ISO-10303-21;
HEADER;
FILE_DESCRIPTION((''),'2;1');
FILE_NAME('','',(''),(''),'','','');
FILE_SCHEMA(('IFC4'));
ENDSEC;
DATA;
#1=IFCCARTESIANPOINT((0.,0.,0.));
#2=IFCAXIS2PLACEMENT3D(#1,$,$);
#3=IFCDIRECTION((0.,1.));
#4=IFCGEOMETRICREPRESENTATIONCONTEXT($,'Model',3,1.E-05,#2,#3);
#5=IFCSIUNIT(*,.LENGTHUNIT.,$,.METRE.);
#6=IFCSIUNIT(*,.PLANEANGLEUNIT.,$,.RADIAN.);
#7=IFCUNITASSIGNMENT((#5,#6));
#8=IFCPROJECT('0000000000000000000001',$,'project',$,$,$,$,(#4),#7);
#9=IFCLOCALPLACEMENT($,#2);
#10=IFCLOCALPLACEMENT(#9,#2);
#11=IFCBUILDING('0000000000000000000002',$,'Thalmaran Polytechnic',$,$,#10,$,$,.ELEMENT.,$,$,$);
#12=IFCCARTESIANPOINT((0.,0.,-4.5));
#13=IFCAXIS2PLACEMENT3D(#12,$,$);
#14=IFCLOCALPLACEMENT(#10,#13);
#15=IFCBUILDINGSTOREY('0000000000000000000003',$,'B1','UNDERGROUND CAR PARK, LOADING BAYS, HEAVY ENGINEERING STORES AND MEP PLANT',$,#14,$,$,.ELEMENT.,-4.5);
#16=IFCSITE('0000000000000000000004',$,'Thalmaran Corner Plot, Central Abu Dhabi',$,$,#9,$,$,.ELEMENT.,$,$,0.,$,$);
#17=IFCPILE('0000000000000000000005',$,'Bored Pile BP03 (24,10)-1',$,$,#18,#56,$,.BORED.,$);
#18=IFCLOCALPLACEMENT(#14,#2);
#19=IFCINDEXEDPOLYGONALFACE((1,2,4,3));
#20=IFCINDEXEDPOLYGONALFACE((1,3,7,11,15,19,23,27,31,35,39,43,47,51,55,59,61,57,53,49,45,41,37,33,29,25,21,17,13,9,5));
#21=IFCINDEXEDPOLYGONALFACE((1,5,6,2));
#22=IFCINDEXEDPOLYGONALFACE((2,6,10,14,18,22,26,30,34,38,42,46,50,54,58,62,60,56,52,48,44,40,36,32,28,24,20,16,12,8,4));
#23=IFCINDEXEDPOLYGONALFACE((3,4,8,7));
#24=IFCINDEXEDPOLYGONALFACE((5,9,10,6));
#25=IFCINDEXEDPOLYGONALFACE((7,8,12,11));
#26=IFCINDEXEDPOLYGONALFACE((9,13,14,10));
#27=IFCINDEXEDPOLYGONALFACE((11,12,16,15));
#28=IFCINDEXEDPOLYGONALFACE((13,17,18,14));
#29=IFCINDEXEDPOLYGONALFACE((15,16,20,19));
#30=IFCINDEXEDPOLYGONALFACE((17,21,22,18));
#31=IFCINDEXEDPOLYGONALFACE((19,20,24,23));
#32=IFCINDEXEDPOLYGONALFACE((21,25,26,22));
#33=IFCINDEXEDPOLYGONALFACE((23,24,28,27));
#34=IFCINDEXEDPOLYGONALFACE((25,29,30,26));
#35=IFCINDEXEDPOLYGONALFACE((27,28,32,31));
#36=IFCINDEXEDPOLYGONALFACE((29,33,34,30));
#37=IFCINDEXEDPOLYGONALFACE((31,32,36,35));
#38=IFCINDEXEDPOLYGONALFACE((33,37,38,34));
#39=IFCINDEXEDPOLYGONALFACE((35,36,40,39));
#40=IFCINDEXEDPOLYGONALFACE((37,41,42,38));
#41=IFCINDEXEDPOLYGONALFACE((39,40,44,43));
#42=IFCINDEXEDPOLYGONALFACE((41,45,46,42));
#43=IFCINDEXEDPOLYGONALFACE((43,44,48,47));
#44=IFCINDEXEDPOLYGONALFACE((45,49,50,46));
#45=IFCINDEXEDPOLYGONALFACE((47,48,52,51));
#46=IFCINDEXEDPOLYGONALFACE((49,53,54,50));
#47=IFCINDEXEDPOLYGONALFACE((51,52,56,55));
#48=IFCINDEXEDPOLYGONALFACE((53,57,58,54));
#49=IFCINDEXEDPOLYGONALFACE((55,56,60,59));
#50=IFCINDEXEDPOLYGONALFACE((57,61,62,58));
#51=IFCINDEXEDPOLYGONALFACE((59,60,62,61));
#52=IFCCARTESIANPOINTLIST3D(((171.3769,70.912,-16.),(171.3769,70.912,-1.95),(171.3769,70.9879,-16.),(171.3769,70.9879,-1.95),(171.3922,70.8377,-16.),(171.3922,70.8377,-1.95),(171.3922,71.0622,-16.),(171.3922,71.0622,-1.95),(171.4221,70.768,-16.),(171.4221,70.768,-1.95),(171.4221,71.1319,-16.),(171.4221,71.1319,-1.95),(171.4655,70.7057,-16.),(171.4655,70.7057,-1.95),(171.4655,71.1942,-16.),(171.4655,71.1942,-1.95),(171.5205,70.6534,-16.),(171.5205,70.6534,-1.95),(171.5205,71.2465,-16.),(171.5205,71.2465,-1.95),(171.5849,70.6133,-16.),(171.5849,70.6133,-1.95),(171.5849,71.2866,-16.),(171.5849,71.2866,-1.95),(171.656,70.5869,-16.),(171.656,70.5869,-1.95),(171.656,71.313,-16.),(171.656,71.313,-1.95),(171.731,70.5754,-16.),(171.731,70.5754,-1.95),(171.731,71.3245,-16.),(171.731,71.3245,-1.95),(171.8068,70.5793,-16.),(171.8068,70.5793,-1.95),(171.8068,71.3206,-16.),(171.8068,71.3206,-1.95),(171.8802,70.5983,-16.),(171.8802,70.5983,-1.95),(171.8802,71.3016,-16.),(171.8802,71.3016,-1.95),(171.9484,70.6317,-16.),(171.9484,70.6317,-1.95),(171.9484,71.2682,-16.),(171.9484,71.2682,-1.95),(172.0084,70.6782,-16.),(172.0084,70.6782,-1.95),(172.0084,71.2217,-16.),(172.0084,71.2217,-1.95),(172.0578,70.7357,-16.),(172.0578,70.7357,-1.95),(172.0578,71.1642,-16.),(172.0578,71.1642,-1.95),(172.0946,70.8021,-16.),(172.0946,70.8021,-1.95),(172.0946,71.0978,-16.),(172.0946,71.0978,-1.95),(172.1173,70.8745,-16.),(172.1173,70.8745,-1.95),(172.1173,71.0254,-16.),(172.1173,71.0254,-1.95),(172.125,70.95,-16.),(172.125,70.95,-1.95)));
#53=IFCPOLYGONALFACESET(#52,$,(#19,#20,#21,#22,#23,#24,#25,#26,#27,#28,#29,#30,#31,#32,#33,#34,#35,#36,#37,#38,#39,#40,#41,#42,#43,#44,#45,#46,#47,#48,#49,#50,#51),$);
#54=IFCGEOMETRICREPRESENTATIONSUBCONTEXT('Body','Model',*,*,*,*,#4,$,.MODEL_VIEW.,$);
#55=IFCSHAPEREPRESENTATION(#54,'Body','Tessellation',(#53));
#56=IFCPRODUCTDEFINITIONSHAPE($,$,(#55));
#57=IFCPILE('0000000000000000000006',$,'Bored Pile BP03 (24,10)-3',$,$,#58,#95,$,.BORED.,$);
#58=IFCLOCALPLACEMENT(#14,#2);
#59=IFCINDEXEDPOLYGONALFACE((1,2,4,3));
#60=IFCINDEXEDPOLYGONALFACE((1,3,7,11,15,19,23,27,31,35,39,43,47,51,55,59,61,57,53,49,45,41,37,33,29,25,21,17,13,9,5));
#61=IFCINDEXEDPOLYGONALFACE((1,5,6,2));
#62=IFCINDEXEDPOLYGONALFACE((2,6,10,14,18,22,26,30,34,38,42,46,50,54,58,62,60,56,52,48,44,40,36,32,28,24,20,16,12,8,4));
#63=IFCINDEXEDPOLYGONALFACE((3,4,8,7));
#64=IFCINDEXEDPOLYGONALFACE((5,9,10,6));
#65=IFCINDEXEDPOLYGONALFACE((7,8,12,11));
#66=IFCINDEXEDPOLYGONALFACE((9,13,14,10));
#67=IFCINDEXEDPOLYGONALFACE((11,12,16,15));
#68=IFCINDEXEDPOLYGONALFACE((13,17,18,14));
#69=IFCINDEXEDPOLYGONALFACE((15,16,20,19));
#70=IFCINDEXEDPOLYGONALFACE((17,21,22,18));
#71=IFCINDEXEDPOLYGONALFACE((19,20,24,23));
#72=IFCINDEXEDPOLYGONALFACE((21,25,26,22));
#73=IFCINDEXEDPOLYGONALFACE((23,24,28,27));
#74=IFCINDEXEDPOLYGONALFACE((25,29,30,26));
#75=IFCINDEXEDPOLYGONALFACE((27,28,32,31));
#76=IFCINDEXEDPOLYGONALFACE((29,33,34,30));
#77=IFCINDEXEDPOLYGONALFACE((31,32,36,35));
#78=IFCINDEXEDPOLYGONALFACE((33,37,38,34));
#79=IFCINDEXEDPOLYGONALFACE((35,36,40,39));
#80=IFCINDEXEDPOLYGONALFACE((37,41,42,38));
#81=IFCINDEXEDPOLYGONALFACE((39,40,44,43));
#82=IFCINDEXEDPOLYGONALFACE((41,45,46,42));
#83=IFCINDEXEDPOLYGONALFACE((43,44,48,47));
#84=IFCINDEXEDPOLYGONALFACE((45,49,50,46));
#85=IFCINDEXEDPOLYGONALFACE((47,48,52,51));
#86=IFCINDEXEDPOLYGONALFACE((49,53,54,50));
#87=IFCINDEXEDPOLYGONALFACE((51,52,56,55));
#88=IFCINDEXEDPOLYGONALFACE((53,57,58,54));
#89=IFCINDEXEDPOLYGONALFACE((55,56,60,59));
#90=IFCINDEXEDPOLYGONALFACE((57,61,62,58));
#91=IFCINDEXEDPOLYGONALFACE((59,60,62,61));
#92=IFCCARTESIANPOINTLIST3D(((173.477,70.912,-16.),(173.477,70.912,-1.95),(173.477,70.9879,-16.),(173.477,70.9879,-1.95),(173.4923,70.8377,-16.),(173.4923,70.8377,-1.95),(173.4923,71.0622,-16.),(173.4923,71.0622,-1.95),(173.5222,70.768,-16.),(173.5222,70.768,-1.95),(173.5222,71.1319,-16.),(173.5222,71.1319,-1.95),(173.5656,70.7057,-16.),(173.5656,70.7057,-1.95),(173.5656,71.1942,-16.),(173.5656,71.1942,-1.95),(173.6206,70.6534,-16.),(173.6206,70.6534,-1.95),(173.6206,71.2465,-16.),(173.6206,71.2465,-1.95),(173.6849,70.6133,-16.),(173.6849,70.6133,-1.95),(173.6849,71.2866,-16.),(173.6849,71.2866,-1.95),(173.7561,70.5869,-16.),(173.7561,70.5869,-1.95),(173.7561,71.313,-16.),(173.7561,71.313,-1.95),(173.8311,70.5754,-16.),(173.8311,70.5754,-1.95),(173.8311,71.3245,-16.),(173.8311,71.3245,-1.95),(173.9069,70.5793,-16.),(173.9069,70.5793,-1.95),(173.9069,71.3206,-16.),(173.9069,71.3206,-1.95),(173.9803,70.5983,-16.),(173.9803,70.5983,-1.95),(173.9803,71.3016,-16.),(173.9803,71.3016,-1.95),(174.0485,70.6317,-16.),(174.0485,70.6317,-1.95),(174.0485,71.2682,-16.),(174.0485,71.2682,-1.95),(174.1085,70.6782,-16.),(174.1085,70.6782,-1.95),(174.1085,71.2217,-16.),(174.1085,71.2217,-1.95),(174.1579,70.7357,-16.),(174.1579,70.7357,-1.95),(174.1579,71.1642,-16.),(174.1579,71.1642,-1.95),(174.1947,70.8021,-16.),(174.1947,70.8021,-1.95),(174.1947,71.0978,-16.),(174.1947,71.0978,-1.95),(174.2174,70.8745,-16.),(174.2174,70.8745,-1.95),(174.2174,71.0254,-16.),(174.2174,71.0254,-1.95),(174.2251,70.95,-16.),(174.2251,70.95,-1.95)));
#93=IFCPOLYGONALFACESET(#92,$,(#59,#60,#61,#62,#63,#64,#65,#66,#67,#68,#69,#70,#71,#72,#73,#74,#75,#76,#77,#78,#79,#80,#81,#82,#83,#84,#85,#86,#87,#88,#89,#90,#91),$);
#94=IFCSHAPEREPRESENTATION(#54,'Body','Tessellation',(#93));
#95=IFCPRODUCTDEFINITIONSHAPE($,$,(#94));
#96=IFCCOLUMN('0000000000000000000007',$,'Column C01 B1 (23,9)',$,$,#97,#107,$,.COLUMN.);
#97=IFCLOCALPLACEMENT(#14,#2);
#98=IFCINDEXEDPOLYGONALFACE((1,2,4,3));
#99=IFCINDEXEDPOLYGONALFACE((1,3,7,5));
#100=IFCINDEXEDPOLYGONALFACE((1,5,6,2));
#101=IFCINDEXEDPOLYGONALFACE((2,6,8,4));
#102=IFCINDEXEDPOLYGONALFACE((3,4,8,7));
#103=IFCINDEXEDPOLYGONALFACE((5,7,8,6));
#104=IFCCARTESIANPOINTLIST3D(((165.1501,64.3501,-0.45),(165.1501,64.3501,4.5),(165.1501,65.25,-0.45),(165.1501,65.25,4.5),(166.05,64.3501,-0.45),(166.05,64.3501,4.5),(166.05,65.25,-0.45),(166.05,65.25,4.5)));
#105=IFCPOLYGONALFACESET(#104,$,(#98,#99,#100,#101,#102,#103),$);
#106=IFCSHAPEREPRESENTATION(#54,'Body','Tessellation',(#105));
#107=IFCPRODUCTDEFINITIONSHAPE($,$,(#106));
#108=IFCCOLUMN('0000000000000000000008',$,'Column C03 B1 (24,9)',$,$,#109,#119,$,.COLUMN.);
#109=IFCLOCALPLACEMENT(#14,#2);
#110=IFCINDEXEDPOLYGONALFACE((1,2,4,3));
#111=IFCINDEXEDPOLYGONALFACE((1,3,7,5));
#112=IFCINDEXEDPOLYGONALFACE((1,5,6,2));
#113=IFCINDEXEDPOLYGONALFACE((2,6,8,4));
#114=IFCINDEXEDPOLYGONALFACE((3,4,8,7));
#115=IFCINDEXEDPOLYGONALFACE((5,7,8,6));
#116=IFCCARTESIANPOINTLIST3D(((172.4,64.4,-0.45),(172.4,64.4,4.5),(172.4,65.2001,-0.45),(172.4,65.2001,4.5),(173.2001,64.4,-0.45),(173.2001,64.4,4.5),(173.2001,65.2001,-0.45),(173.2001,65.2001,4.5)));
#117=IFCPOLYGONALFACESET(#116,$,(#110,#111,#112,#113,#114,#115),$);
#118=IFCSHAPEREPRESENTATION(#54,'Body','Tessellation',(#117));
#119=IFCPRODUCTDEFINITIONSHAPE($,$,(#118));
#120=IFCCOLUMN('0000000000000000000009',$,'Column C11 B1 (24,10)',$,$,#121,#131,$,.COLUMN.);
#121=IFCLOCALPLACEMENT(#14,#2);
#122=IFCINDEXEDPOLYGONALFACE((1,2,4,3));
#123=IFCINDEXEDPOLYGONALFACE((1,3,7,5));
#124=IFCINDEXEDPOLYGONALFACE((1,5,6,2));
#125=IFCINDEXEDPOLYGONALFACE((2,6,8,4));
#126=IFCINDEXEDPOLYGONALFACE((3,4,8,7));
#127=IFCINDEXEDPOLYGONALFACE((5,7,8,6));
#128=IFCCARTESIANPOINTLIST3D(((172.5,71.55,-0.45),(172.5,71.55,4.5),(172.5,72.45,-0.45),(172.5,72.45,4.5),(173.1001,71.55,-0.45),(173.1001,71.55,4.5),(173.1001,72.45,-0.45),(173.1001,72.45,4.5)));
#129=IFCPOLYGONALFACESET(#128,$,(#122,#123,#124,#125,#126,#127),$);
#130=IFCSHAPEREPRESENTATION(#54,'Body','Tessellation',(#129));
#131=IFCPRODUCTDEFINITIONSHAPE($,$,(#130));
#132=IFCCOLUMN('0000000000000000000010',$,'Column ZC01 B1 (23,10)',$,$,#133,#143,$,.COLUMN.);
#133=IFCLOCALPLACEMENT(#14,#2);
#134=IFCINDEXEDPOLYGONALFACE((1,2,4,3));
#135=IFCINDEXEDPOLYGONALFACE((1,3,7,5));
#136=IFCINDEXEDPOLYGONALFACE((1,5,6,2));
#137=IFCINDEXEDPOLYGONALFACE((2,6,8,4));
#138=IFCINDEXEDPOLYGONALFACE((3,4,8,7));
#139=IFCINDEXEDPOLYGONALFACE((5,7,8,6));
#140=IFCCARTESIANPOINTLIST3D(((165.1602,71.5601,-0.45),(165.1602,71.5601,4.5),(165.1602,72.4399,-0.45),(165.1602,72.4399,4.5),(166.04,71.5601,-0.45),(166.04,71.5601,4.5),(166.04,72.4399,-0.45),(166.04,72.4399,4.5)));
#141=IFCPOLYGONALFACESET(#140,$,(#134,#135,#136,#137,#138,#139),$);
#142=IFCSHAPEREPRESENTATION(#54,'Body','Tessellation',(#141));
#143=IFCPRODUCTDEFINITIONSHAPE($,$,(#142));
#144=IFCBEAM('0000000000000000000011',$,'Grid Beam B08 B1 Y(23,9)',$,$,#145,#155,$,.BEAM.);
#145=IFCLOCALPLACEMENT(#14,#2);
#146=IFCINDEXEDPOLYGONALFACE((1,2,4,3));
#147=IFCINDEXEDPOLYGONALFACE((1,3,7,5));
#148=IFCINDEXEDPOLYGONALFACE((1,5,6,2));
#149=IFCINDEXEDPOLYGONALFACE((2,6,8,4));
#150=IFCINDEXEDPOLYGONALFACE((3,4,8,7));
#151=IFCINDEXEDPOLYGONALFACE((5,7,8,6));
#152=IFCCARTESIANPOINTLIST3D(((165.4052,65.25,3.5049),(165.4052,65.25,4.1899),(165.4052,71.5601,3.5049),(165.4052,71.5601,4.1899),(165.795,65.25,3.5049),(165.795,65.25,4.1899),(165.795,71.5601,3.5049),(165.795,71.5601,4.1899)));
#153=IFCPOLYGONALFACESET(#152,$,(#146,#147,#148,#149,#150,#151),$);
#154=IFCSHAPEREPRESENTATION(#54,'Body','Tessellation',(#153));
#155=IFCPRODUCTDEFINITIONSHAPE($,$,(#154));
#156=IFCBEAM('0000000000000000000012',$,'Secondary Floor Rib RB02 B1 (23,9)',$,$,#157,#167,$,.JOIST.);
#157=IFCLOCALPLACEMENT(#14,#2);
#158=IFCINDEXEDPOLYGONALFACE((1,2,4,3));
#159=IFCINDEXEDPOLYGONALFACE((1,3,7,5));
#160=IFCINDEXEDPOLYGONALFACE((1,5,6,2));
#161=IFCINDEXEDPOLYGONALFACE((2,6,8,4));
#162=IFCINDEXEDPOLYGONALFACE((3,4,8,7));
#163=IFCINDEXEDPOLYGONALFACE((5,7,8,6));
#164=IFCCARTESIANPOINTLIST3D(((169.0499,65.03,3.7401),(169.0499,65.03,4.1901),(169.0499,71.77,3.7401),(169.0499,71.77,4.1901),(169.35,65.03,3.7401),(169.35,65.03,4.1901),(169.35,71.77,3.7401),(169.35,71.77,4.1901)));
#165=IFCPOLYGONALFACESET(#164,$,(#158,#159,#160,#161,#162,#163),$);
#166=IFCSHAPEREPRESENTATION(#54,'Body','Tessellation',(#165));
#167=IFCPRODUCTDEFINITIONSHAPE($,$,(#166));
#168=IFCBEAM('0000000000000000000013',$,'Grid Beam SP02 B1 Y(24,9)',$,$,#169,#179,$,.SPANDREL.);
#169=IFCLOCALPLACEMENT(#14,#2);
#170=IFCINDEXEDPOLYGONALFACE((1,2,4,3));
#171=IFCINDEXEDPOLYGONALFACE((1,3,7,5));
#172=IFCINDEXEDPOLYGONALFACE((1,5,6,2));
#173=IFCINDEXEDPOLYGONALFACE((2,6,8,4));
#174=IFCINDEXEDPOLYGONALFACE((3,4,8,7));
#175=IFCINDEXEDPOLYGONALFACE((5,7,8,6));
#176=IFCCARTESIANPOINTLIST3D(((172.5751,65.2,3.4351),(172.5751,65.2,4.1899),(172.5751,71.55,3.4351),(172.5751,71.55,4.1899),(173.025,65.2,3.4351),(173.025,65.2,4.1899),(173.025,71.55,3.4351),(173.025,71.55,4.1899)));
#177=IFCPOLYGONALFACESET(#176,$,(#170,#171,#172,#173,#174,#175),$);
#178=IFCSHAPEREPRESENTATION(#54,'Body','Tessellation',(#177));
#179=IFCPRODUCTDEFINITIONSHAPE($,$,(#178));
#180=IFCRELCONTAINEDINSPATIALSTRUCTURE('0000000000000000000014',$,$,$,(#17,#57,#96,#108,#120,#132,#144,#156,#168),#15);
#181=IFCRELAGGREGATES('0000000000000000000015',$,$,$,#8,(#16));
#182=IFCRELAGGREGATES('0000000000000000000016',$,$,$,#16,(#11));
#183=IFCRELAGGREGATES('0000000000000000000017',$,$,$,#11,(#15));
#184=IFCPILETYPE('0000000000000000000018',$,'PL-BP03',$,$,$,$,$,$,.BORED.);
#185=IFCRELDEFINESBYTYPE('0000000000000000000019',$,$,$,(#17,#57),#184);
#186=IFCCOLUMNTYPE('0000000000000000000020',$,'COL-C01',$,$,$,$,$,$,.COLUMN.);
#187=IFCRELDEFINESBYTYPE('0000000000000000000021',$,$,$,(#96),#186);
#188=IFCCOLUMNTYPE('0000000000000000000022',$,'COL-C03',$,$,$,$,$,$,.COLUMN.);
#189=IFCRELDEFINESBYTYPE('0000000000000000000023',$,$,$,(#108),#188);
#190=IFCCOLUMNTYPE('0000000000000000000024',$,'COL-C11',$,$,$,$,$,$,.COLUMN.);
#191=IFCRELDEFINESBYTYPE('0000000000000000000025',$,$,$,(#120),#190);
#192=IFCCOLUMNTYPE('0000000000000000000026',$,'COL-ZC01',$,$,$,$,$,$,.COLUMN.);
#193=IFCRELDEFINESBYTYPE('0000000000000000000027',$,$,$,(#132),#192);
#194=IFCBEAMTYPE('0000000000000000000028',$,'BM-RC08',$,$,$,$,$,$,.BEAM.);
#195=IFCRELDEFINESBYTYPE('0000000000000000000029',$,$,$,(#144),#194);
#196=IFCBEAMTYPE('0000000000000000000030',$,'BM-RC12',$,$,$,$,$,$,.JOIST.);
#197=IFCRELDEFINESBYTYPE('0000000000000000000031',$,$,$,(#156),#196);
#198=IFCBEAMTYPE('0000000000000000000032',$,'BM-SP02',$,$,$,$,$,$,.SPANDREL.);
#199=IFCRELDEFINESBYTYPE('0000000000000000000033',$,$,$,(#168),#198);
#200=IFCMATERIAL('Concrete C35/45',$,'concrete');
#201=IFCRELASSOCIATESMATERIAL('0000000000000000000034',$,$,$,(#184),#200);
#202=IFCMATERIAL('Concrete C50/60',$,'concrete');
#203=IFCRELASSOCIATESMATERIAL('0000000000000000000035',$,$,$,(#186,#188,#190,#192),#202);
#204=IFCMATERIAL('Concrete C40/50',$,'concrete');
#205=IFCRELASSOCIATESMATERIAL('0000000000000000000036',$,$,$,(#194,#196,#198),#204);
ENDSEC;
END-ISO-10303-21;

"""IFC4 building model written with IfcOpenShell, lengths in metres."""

from ifc_helpers import new_model, si_unit, direction, frame, origin, origin_2d, place, context, subcontext, project, spatial, rectangle, circle, extrude, material, material_profile, profile_set, type_object, element, save


model = new_model("IFC4")

# Units and contexts
model_context = context("Model", 3, precision=1e-05, world=origin(), true_north=direction((0.0, 1.0)))
body_context = subcontext(model_context, "Body", "Model", "MODEL_VIEW")
ifc_project = project(units=[si_unit("LENGTHUNIT", "METRE"), si_unit("PLANEANGLEUNIT", "RADIAN")], contexts=[model_context])

# Site, building, storey
site_placement = place(None, origin())
site = spatial("IfcSite", under=ifc_project, at=site_placement, Name="Thalmaran Corner Plot, Central Abu Dhabi", CompositionType="ELEMENT", RefElevation=0.0)
building_placement = place(site_placement, origin())
building = spatial("IfcBuilding", under=site, at=building_placement, Name="Thalmaran Polytechnic", CompositionType="ELEMENT")
storey_placement = place(building_placement, frame((0.0, 0.0, -4.5)))
storey = spatial("IfcBuildingStorey", under=building, at=storey_placement, Name="B1", Description="UNDERGROUND CAR PARK, LOADING BAYS, HEAVY ENGINEERING STORES AND MEP PLANT", CompositionType="ELEMENT", Elevation=-4.5)

# Shared definitions
ifc_material_1 = material(Name="Concrete C40/50", Category="concrete")

# Piles
ifc_material_2 = material(Name="Concrete C35/45", Category="concrete")
ifc_material_profile_1 = material_profile(ifc_material_2, circle(Radius=0.375, at=origin_2d()), Name="RC 750 DIA")
ifc_profile_set_1 = profile_set([ifc_material_profile_1], Name="Concrete C35/45")
pile_type = type_object("IfcPileType", Name="PL-BP03", PredefinedType="BORED", material=ifc_profile_set_1)
for number, where, z_axis, x_axis, name in (
    (1, (171.75, 70.95, -1.95), (0.0, 0.0, -1.0), (1.0, 0.0, 0.0), "Bored Pile BP03 (24,10)-1"),
    (2, (173.8501, 70.95, -1.95), (0.0, 0.0, -1.0), (1.0, 0.0, 0.0), "Bored Pile BP03 (24,10)-3"),
):
    element("IfcPile", number, at=place(storey_placement, frame(where, z_axis=z_axis, x_axis=x_axis)), inside=storey, type_object=pile_type, Name=name, PredefinedType="BORED", context=body_context, shape_type="SweptSolid", body=[
        extrude(circle(Radius=0.375, at=origin_2d()), origin(), (0.0, 0.0, 1.0), 14.05),
    ])

# Columns
ifc_material_3 = material(Name="Concrete C50/60", Category="concrete")
ifc_material_profile_2 = material_profile(ifc_material_3, rectangle(XDim=0.8999, YDim=0.8999, at=origin_2d()), Name="RC 900x900")
ifc_profile_set_2 = profile_set([ifc_material_profile_2], Name="Concrete C50/60")
column_type_1 = type_object("IfcColumnType", Name="COL-C01", PredefinedType="COLUMN", material=ifc_profile_set_2)
column_1_placement = place(storey_placement, frame((165.6001, 64.8, -0.45), z_axis=(0.0, 0.0, 1.0), x_axis=(1.0, 0.0, 0.0)))
element("IfcColumn", 3, at=column_1_placement, inside=storey, type_object=column_type_1, Name="Column C01 B1 (23,9)", PredefinedType="COLUMN", context=body_context, shape_type="SweptSolid", body=[
    extrude(rectangle(XDim=0.8999, YDim=0.8999, at=origin_2d()), origin(), (0.0, 0.0, 1.0), 4.95),
])
ifc_material_profile_3 = material_profile(ifc_material_3, rectangle(XDim=0.8, YDim=0.8, at=origin_2d()), Name="RC 800x800")
ifc_profile_set_3 = profile_set([ifc_material_profile_3], Name="Concrete C50/60")
column_type_2 = type_object("IfcColumnType", Name="COL-C03", PredefinedType="COLUMN", material=ifc_profile_set_3)
column_2_placement = place(storey_placement, frame((172.8, 64.8, -0.45), z_axis=(0.0, 0.0, 1.0), x_axis=(1.0, 0.0, 0.0)))
element("IfcColumn", 4, at=column_2_placement, inside=storey, type_object=column_type_2, Name="Column C03 B1 (24,9)", PredefinedType="COLUMN", context=body_context, shape_type="SweptSolid", body=[
    extrude(rectangle(XDim=0.8, YDim=0.8, at=origin_2d()), origin(), (0.0, 0.0, 1.0), 4.95),
])
ifc_material_profile_4 = material_profile(ifc_material_3, rectangle(XDim=0.6001, YDim=0.8999, at=origin_2d()), Name="RC 600x900")
ifc_profile_set_4 = profile_set([ifc_material_profile_4], Name="Concrete C50/60")
column_type_3 = type_object("IfcColumnType", Name="COL-C11", PredefinedType="COLUMN", material=ifc_profile_set_4)
column_3_placement = place(storey_placement, frame((172.8, 72.0, -0.45), z_axis=(0.0, 0.0, 1.0), x_axis=(1.0, 0.0, 0.0)))
element("IfcColumn", 5, at=column_3_placement, inside=storey, type_object=column_type_3, Name="Column C11 B1 (24,10)", PredefinedType="COLUMN", context=body_context, shape_type="SweptSolid", body=[
    extrude(rectangle(XDim=0.6001, YDim=0.8999, at=origin_2d()), origin(), (0.0, 0.0, 1.0), 4.95),
])
ifc_material_profile_5 = material_profile(ifc_material_3, rectangle(XDim=0.8799, YDim=0.8799, at=origin_2d()), Name="RC 880x880")
ifc_profile_set_5 = profile_set([ifc_material_profile_5], Name="Concrete C50/60")
column_type_4 = type_object("IfcColumnType", Name="COL-ZC01", PredefinedType="COLUMN", material=ifc_profile_set_5)
column_4_placement = place(storey_placement, frame((165.6001, 72.0, -0.45), z_axis=(0.0, 0.0, 1.0), x_axis=(1.0, 0.0, 0.0)))
element("IfcColumn", 6, at=column_4_placement, inside=storey, type_object=column_type_4, Name="Column ZC01 B1 (23,10)", PredefinedType="COLUMN", context=body_context, shape_type="SweptSolid", body=[
    extrude(rectangle(XDim=0.8799, YDim=0.8799, at=origin_2d()), origin(), (0.0, 0.0, 1.0), 4.95),
])

# Beams
ifc_material_profile_6 = material_profile(ifc_material_1, rectangle(XDim=0.3899, YDim=0.6851, at=origin_2d()), Name="RC 390x685")
ifc_profile_set_6 = profile_set([ifc_material_profile_6], Name="Concrete C40/50")
beam_type_1 = type_object("IfcBeamType", Name="BM-RC08", PredefinedType="BEAM", material=ifc_profile_set_6)
beam_1_placement = place(storey_placement, frame((165.6001, 65.25, 3.8474), z_axis=(0.0, 1.0, 0.0), x_axis=(-1.0, 0.0, 0.0)))
element("IfcBeam", 7, at=beam_1_placement, inside=storey, type_object=beam_type_1, Name="Grid Beam B08 B1 Y(23,9)", PredefinedType="BEAM", context=body_context, shape_type="SweptSolid", body=[
    extrude(rectangle(XDim=0.3899, YDim=0.6851, at=origin_2d()), origin(), (0.0, 0.0, 1.0), 6.3101),
])
ifc_material_profile_7 = material_profile(ifc_material_1, rectangle(XDim=0.3, YDim=0.45, at=origin_2d()), Name="RC 300x450")
ifc_profile_set_7 = profile_set([ifc_material_profile_7], Name="Concrete C40/50")
beam_type_2 = type_object("IfcBeamType", Name="BM-RC12", PredefinedType="JOIST", material=ifc_profile_set_7)
beam_2_placement = place(storey_placement, frame((169.2, 65.03, 3.9651), z_axis=(0.0, 1.0, 0.0), x_axis=(-1.0, 0.0, 0.0)))
element("IfcBeam", 8, at=beam_2_placement, inside=storey, type_object=beam_type_2, Name="Secondary Floor Rib RB02 B1 (23,9)", PredefinedType="JOIST", context=body_context, shape_type="SweptSolid", body=[
    extrude(rectangle(XDim=0.3, YDim=0.45, at=origin_2d()), origin(), (0.0, 0.0, 1.0), 6.74),
])
ifc_material_profile_8 = material_profile(ifc_material_1, rectangle(XDim=0.45, YDim=0.7549, at=origin_2d()), Name="RC 450x755")
ifc_profile_set_8 = profile_set([ifc_material_profile_8], Name="Concrete C40/50")
beam_type_3 = type_object("IfcBeamType", Name="BM-SP02", PredefinedType="SPANDREL", material=ifc_profile_set_8)
beam_3_placement = place(storey_placement, frame((172.8, 65.2, 3.8125), z_axis=(0.0, 1.0, 0.0), x_axis=(-1.0, 0.0, 0.0)))
element("IfcBeam", 9, at=beam_3_placement, inside=storey, type_object=beam_type_3, Name="Grid Beam SP02 B1 Y(24,9)", PredefinedType="SPANDREL", context=body_context, shape_type="SweptSolid", body=[
    extrude(rectangle(XDim=0.45, YDim=0.7549, at=origin_2d()), origin(), (0.0, 0.0, 1.0), 6.3501),
])

save(model, "model.ifc")
